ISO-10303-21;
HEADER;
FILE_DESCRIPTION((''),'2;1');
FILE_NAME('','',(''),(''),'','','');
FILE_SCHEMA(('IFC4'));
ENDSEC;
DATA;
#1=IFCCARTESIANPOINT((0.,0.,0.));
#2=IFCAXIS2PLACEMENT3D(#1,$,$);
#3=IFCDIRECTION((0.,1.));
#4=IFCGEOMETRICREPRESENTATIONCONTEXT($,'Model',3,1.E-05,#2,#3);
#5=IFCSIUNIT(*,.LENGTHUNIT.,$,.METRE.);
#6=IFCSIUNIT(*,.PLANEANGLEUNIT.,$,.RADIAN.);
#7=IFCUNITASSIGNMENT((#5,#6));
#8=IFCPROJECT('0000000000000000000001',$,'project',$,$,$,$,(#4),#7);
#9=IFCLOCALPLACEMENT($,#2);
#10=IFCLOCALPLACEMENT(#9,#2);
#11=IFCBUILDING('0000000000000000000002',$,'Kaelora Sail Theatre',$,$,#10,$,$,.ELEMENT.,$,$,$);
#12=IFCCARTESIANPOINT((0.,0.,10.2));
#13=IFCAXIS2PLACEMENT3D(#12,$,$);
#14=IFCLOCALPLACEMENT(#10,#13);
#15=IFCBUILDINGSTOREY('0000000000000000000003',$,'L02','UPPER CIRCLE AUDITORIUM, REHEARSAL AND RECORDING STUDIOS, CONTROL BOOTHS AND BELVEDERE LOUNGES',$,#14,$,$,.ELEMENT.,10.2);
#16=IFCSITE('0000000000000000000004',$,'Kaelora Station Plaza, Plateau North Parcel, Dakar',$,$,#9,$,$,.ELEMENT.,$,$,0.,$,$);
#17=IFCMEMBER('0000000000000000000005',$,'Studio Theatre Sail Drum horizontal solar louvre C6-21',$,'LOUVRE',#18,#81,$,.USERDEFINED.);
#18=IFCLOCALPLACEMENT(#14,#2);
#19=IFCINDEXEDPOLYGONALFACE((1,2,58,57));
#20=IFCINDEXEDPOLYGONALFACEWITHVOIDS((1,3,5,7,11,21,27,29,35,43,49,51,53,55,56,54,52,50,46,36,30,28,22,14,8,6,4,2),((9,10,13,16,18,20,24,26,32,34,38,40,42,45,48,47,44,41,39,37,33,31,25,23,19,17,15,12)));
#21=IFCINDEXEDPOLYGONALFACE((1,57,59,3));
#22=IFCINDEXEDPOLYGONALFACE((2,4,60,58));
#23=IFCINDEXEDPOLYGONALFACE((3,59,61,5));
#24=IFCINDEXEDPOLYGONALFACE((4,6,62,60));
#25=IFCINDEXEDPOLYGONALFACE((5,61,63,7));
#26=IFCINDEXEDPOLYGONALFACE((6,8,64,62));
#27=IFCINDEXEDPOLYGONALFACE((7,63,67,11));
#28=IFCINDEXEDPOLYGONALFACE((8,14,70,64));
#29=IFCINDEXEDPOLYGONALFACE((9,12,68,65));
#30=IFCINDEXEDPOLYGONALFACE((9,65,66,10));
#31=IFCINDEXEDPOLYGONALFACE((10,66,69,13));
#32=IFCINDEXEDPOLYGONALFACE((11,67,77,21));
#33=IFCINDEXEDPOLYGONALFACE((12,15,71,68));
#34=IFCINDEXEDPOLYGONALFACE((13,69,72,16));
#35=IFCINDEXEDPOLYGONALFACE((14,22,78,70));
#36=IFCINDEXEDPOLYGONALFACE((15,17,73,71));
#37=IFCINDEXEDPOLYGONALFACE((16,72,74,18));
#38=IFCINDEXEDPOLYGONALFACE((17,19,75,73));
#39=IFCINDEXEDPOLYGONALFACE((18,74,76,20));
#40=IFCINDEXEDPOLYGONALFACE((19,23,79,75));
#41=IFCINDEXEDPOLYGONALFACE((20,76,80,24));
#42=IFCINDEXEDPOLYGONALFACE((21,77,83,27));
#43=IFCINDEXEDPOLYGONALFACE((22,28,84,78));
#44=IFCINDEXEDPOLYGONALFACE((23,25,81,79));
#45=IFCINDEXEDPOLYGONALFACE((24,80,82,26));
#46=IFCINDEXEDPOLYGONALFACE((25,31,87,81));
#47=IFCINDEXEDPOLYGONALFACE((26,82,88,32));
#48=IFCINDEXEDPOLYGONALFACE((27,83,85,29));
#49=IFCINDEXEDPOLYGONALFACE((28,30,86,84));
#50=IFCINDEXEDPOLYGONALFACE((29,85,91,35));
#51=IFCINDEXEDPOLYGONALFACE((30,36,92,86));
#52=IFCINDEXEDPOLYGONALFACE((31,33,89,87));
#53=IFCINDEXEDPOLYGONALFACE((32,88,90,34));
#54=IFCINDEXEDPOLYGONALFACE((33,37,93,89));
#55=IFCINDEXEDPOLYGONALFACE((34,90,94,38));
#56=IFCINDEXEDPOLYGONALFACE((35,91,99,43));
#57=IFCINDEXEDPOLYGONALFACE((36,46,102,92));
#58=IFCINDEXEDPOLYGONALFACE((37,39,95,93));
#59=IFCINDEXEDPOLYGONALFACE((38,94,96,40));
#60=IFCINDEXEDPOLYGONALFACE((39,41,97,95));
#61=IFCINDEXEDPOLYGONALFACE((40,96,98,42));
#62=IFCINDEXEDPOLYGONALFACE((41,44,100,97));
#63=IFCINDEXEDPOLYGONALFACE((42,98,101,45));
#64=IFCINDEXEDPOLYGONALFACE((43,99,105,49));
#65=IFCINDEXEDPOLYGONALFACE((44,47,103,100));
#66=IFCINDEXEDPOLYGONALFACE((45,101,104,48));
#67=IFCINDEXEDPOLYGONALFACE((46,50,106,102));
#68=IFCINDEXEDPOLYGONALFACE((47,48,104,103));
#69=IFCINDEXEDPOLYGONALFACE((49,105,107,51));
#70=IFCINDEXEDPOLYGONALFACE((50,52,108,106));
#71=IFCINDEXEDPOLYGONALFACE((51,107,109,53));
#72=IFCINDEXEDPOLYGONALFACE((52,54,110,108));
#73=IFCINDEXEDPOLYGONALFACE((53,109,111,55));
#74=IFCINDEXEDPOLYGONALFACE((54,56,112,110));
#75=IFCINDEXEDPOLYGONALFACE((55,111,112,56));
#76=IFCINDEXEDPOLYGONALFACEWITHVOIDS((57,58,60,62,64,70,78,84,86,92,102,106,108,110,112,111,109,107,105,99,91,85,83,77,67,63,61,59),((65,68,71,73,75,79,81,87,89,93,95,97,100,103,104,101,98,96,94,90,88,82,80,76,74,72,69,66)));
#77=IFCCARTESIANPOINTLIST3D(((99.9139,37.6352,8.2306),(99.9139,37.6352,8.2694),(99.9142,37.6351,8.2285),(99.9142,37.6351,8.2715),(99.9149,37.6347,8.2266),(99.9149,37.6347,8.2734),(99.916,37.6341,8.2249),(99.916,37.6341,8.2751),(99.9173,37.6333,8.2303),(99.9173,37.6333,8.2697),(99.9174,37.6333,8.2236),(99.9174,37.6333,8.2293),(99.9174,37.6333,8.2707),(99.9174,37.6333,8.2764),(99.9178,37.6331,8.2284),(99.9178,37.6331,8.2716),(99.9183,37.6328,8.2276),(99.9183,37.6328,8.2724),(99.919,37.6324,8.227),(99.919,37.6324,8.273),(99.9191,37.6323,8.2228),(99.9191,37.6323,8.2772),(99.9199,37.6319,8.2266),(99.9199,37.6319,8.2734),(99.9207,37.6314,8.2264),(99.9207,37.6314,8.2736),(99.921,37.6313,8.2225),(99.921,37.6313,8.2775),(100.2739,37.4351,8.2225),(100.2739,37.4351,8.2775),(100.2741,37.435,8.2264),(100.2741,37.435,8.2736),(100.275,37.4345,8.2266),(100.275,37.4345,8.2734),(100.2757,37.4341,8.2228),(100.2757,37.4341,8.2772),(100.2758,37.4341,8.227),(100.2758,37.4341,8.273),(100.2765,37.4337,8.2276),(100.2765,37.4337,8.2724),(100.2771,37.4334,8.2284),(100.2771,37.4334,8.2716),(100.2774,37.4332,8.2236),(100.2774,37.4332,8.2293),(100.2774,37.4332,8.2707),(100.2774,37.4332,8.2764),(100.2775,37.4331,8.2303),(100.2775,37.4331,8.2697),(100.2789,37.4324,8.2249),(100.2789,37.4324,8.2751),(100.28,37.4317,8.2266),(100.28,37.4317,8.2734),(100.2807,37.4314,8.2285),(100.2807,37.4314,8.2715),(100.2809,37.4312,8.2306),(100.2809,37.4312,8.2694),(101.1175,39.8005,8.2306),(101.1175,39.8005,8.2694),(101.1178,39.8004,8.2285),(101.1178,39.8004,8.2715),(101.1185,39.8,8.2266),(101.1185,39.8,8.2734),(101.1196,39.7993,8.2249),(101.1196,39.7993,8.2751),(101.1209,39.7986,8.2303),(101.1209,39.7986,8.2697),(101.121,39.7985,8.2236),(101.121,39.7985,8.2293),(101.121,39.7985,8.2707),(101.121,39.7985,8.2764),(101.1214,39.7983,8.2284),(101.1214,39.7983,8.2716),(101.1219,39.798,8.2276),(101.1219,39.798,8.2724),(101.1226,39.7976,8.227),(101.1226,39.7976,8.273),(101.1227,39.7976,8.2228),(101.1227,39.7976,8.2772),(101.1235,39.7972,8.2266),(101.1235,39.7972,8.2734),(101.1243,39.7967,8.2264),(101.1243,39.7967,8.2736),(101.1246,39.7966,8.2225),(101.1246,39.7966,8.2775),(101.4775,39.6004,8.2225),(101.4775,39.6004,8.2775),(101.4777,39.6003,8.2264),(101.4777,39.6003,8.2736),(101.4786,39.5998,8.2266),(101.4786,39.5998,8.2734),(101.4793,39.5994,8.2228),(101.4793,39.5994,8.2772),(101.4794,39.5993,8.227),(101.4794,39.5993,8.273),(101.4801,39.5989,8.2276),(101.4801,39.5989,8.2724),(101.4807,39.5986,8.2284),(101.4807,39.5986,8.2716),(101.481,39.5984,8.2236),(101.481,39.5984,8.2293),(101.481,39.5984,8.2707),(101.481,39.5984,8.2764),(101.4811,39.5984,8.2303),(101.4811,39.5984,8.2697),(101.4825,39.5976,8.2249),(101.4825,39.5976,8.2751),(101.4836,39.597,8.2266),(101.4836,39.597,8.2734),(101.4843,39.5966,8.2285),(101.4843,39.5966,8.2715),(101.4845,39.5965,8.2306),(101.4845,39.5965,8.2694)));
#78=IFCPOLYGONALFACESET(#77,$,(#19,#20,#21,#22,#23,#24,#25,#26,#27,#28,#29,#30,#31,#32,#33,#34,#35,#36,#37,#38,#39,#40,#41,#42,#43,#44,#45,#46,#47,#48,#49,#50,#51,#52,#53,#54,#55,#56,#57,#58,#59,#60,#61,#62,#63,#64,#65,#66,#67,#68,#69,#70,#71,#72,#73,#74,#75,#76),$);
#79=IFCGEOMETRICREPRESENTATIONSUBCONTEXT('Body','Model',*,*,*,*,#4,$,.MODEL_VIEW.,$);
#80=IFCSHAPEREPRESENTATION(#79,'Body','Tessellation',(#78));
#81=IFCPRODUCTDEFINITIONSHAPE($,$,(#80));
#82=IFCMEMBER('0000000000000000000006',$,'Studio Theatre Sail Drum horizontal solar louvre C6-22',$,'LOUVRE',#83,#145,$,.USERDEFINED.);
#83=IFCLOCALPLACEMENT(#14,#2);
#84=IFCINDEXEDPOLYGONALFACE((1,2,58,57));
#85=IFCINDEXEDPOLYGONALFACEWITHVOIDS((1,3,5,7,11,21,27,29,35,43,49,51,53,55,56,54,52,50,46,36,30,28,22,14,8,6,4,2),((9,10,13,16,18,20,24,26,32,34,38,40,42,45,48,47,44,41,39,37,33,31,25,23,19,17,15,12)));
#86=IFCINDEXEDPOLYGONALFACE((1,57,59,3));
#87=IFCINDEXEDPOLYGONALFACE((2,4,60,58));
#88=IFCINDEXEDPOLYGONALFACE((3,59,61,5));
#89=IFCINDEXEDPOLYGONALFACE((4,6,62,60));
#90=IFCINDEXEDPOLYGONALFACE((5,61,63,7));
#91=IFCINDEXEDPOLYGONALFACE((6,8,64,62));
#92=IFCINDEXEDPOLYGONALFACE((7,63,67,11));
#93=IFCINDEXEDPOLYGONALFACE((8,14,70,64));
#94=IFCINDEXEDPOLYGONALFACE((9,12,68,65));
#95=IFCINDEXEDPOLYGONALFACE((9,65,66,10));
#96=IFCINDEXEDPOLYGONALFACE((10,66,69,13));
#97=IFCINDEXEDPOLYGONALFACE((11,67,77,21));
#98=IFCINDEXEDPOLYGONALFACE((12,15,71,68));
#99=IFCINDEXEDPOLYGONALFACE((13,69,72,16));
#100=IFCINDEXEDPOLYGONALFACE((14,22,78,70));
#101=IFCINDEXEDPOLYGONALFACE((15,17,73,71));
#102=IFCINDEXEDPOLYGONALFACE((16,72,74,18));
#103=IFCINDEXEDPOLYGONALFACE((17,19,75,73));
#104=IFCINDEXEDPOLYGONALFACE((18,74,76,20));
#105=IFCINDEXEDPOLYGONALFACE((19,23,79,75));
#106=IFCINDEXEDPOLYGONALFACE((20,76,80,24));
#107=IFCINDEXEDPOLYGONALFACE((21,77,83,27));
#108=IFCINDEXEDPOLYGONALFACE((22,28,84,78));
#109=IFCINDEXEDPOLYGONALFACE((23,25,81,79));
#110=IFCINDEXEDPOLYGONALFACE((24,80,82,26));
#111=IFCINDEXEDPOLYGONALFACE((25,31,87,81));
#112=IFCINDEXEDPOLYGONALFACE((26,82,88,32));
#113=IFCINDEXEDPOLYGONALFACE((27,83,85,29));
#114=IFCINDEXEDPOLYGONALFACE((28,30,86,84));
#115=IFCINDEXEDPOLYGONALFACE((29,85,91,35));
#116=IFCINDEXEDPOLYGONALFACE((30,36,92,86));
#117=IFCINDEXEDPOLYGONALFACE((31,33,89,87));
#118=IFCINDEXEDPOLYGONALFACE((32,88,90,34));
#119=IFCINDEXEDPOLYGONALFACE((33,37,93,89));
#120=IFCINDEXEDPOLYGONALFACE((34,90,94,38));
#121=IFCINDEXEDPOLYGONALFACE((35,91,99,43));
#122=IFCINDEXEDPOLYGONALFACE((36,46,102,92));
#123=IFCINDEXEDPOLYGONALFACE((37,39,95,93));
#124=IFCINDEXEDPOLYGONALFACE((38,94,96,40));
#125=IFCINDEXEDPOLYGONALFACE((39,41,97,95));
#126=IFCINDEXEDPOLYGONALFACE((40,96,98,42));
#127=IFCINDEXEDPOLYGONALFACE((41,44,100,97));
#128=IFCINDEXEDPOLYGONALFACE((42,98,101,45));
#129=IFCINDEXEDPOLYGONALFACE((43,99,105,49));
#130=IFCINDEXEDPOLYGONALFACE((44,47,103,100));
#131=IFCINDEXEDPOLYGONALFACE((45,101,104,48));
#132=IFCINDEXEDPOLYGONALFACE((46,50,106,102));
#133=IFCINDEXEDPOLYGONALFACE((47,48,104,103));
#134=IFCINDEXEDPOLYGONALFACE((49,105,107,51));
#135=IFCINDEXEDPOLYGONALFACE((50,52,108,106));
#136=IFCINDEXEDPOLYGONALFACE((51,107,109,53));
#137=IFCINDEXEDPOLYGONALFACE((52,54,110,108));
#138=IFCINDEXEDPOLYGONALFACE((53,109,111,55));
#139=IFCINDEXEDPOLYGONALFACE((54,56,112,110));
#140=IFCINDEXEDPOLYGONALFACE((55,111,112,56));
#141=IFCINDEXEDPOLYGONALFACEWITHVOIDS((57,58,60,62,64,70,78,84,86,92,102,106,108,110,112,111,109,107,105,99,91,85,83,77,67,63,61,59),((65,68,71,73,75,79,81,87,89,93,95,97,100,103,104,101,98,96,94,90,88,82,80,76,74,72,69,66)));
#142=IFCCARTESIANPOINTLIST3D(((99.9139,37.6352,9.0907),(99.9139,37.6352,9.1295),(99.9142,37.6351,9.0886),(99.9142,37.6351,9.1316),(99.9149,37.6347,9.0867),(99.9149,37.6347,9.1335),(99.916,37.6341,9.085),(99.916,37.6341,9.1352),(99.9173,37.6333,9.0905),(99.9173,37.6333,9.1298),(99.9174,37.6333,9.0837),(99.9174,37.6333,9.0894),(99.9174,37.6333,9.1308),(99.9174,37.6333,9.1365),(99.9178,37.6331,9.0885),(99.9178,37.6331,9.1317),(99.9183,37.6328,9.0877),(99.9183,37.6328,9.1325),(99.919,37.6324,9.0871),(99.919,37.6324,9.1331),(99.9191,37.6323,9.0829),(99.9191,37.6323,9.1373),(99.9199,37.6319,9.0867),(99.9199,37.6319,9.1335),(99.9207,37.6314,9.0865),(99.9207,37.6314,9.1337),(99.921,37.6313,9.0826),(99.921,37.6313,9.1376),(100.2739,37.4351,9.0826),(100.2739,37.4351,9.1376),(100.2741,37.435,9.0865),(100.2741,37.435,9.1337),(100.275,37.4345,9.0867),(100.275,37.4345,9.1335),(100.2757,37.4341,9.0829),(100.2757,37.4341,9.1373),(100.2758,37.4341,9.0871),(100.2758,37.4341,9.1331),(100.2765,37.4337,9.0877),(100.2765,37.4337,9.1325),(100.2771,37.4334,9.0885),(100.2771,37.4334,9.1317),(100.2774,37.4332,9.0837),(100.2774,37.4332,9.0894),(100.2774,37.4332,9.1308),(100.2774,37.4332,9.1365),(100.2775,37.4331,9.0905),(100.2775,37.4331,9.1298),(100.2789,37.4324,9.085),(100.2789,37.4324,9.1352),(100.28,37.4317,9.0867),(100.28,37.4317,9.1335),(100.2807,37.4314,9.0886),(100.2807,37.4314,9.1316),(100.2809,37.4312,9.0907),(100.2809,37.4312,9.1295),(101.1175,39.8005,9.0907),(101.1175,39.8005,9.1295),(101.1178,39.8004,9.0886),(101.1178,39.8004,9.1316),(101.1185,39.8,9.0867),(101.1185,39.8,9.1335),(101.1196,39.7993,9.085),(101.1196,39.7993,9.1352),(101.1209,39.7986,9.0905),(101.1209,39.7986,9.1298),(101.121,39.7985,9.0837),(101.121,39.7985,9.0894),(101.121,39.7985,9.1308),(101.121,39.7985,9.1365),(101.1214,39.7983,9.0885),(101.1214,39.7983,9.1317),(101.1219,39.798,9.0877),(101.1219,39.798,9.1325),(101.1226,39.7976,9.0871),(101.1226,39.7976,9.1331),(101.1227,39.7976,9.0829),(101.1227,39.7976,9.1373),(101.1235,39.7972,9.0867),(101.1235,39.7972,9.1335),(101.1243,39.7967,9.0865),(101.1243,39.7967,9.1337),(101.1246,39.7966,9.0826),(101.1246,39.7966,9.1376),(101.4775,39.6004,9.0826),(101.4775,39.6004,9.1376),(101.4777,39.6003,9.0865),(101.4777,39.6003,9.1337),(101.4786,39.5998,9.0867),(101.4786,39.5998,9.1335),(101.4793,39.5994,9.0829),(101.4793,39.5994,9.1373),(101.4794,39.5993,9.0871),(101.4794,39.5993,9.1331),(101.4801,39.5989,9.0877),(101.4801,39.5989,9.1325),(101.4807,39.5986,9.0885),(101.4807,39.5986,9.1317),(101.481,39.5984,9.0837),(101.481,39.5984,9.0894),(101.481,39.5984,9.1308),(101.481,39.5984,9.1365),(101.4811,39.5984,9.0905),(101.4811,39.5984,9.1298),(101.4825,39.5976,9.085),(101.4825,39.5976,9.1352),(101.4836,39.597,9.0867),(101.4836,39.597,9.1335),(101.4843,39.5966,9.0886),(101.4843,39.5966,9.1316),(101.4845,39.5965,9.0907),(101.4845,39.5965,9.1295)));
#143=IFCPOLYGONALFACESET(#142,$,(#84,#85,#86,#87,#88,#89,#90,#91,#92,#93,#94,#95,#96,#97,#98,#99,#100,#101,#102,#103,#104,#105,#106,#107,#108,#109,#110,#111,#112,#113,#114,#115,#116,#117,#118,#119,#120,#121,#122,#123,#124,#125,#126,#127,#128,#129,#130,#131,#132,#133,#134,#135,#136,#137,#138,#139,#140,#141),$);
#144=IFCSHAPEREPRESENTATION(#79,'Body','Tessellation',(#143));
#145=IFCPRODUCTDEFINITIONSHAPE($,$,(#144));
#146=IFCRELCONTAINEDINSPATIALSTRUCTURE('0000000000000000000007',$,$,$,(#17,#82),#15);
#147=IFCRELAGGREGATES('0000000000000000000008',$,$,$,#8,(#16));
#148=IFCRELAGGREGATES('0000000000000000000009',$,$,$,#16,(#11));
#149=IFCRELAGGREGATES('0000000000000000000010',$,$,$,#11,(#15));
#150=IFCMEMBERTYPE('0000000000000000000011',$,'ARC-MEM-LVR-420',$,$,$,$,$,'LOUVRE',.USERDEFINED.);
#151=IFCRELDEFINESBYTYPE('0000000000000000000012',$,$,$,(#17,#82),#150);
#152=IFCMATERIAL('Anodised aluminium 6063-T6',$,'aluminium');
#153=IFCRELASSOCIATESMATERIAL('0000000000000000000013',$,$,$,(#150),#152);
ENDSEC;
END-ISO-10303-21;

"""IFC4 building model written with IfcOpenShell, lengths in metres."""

from ifc_helpers import new_model, si_unit, direction, frame, origin, origin_2d, place, context, subcontext, project, spatial, hollow_rectangle, extrude, material, material_profile, profile_set, type_object, element, save


model = new_model("IFC4")

# Units and contexts
model_context = context("Model", 3, precision=1e-05, world=origin(), true_north=direction((0.0, 1.0)))
body_context = subcontext(model_context, "Body", "Model", "MODEL_VIEW")
ifc_project = project(units=[si_unit("LENGTHUNIT", "METRE"), si_unit("PLANEANGLEUNIT", "RADIAN")], contexts=[model_context])

# Site, building, storey
site_placement = place(None, origin())
site = spatial("IfcSite", under=ifc_project, at=site_placement, Name="Kaelora Station Plaza, Plateau North Parcel, Dakar", CompositionType="ELEMENT", RefElevation=0.0)
building_placement = place(site_placement, origin())
building = spatial("IfcBuilding", under=site, at=building_placement, Name="Kaelora Sail Theatre", CompositionType="ELEMENT")
storey_placement = place(building_placement, frame((0.0, 0.0, 10.2)))
storey = spatial("IfcBuildingStorey", under=building, at=storey_placement, Name="L02", Description="UPPER CIRCLE AUDITORIUM, REHEARSAL AND RECORDING STUDIOS, CONTROL BOOTHS AND BELVEDERE LOUNGES", CompositionType="ELEMENT", Elevation=10.2)

# Members
ifc_material_1 = material(Name="Anodised aluminium 6063-T6", Category="aluminium")
ifc_material_profile_1 = material_profile(ifc_material_1, hollow_rectangle(XDim=0.4199, YDim=0.0549, WallThickness=0.0039, InnerFilletRadius=0.0039, OuterFilletRadius=0.0081, at=origin_2d()), Name="LOUVRE 420x55x4")
ifc_profile_set_1 = profile_set([ifc_material_profile_1], Name="Anodised aluminium 6063-T6")
member_type = type_object("IfcMemberType", Name="ARC-MEM-LVR-420", ElementType="LOUVRE", PredefinedType="USERDEFINED", material=ifc_profile_set_1)
for number, where, z_axis, x_axis, name in (
    (1, (101.301, 39.6985, 8.25), (-0.485852, -0.874041, 0.0), (0.874041, -0.485852, 0.0), "Studio Theatre Sail Drum horizontal solar louvre C6-21"),
    (2, (101.301, 39.6985, 9.1101), (-0.485852, -0.874041, 0.0), (0.874041, -0.485852, 0.0), "Studio Theatre Sail Drum horizontal solar louvre C6-22"),
):
    element("IfcMember", number, at=place(storey_placement, frame(where, z_axis=z_axis, x_axis=x_axis)), inside=storey, type_object=member_type, Name=name, ObjectType="LOUVRE", PredefinedType="USERDEFINED", context=body_context, shape_type="SweptSolid", body=[
        extrude(hollow_rectangle(XDim=0.4199, YDim=0.0549, WallThickness=0.0039, InnerFilletRadius=0.0039, OuterFilletRadius=0.0081, at=origin_2d()), origin(), (0.0, 0.0, 1.0), 2.4773),
    ])

save(model, "model.ifc")
